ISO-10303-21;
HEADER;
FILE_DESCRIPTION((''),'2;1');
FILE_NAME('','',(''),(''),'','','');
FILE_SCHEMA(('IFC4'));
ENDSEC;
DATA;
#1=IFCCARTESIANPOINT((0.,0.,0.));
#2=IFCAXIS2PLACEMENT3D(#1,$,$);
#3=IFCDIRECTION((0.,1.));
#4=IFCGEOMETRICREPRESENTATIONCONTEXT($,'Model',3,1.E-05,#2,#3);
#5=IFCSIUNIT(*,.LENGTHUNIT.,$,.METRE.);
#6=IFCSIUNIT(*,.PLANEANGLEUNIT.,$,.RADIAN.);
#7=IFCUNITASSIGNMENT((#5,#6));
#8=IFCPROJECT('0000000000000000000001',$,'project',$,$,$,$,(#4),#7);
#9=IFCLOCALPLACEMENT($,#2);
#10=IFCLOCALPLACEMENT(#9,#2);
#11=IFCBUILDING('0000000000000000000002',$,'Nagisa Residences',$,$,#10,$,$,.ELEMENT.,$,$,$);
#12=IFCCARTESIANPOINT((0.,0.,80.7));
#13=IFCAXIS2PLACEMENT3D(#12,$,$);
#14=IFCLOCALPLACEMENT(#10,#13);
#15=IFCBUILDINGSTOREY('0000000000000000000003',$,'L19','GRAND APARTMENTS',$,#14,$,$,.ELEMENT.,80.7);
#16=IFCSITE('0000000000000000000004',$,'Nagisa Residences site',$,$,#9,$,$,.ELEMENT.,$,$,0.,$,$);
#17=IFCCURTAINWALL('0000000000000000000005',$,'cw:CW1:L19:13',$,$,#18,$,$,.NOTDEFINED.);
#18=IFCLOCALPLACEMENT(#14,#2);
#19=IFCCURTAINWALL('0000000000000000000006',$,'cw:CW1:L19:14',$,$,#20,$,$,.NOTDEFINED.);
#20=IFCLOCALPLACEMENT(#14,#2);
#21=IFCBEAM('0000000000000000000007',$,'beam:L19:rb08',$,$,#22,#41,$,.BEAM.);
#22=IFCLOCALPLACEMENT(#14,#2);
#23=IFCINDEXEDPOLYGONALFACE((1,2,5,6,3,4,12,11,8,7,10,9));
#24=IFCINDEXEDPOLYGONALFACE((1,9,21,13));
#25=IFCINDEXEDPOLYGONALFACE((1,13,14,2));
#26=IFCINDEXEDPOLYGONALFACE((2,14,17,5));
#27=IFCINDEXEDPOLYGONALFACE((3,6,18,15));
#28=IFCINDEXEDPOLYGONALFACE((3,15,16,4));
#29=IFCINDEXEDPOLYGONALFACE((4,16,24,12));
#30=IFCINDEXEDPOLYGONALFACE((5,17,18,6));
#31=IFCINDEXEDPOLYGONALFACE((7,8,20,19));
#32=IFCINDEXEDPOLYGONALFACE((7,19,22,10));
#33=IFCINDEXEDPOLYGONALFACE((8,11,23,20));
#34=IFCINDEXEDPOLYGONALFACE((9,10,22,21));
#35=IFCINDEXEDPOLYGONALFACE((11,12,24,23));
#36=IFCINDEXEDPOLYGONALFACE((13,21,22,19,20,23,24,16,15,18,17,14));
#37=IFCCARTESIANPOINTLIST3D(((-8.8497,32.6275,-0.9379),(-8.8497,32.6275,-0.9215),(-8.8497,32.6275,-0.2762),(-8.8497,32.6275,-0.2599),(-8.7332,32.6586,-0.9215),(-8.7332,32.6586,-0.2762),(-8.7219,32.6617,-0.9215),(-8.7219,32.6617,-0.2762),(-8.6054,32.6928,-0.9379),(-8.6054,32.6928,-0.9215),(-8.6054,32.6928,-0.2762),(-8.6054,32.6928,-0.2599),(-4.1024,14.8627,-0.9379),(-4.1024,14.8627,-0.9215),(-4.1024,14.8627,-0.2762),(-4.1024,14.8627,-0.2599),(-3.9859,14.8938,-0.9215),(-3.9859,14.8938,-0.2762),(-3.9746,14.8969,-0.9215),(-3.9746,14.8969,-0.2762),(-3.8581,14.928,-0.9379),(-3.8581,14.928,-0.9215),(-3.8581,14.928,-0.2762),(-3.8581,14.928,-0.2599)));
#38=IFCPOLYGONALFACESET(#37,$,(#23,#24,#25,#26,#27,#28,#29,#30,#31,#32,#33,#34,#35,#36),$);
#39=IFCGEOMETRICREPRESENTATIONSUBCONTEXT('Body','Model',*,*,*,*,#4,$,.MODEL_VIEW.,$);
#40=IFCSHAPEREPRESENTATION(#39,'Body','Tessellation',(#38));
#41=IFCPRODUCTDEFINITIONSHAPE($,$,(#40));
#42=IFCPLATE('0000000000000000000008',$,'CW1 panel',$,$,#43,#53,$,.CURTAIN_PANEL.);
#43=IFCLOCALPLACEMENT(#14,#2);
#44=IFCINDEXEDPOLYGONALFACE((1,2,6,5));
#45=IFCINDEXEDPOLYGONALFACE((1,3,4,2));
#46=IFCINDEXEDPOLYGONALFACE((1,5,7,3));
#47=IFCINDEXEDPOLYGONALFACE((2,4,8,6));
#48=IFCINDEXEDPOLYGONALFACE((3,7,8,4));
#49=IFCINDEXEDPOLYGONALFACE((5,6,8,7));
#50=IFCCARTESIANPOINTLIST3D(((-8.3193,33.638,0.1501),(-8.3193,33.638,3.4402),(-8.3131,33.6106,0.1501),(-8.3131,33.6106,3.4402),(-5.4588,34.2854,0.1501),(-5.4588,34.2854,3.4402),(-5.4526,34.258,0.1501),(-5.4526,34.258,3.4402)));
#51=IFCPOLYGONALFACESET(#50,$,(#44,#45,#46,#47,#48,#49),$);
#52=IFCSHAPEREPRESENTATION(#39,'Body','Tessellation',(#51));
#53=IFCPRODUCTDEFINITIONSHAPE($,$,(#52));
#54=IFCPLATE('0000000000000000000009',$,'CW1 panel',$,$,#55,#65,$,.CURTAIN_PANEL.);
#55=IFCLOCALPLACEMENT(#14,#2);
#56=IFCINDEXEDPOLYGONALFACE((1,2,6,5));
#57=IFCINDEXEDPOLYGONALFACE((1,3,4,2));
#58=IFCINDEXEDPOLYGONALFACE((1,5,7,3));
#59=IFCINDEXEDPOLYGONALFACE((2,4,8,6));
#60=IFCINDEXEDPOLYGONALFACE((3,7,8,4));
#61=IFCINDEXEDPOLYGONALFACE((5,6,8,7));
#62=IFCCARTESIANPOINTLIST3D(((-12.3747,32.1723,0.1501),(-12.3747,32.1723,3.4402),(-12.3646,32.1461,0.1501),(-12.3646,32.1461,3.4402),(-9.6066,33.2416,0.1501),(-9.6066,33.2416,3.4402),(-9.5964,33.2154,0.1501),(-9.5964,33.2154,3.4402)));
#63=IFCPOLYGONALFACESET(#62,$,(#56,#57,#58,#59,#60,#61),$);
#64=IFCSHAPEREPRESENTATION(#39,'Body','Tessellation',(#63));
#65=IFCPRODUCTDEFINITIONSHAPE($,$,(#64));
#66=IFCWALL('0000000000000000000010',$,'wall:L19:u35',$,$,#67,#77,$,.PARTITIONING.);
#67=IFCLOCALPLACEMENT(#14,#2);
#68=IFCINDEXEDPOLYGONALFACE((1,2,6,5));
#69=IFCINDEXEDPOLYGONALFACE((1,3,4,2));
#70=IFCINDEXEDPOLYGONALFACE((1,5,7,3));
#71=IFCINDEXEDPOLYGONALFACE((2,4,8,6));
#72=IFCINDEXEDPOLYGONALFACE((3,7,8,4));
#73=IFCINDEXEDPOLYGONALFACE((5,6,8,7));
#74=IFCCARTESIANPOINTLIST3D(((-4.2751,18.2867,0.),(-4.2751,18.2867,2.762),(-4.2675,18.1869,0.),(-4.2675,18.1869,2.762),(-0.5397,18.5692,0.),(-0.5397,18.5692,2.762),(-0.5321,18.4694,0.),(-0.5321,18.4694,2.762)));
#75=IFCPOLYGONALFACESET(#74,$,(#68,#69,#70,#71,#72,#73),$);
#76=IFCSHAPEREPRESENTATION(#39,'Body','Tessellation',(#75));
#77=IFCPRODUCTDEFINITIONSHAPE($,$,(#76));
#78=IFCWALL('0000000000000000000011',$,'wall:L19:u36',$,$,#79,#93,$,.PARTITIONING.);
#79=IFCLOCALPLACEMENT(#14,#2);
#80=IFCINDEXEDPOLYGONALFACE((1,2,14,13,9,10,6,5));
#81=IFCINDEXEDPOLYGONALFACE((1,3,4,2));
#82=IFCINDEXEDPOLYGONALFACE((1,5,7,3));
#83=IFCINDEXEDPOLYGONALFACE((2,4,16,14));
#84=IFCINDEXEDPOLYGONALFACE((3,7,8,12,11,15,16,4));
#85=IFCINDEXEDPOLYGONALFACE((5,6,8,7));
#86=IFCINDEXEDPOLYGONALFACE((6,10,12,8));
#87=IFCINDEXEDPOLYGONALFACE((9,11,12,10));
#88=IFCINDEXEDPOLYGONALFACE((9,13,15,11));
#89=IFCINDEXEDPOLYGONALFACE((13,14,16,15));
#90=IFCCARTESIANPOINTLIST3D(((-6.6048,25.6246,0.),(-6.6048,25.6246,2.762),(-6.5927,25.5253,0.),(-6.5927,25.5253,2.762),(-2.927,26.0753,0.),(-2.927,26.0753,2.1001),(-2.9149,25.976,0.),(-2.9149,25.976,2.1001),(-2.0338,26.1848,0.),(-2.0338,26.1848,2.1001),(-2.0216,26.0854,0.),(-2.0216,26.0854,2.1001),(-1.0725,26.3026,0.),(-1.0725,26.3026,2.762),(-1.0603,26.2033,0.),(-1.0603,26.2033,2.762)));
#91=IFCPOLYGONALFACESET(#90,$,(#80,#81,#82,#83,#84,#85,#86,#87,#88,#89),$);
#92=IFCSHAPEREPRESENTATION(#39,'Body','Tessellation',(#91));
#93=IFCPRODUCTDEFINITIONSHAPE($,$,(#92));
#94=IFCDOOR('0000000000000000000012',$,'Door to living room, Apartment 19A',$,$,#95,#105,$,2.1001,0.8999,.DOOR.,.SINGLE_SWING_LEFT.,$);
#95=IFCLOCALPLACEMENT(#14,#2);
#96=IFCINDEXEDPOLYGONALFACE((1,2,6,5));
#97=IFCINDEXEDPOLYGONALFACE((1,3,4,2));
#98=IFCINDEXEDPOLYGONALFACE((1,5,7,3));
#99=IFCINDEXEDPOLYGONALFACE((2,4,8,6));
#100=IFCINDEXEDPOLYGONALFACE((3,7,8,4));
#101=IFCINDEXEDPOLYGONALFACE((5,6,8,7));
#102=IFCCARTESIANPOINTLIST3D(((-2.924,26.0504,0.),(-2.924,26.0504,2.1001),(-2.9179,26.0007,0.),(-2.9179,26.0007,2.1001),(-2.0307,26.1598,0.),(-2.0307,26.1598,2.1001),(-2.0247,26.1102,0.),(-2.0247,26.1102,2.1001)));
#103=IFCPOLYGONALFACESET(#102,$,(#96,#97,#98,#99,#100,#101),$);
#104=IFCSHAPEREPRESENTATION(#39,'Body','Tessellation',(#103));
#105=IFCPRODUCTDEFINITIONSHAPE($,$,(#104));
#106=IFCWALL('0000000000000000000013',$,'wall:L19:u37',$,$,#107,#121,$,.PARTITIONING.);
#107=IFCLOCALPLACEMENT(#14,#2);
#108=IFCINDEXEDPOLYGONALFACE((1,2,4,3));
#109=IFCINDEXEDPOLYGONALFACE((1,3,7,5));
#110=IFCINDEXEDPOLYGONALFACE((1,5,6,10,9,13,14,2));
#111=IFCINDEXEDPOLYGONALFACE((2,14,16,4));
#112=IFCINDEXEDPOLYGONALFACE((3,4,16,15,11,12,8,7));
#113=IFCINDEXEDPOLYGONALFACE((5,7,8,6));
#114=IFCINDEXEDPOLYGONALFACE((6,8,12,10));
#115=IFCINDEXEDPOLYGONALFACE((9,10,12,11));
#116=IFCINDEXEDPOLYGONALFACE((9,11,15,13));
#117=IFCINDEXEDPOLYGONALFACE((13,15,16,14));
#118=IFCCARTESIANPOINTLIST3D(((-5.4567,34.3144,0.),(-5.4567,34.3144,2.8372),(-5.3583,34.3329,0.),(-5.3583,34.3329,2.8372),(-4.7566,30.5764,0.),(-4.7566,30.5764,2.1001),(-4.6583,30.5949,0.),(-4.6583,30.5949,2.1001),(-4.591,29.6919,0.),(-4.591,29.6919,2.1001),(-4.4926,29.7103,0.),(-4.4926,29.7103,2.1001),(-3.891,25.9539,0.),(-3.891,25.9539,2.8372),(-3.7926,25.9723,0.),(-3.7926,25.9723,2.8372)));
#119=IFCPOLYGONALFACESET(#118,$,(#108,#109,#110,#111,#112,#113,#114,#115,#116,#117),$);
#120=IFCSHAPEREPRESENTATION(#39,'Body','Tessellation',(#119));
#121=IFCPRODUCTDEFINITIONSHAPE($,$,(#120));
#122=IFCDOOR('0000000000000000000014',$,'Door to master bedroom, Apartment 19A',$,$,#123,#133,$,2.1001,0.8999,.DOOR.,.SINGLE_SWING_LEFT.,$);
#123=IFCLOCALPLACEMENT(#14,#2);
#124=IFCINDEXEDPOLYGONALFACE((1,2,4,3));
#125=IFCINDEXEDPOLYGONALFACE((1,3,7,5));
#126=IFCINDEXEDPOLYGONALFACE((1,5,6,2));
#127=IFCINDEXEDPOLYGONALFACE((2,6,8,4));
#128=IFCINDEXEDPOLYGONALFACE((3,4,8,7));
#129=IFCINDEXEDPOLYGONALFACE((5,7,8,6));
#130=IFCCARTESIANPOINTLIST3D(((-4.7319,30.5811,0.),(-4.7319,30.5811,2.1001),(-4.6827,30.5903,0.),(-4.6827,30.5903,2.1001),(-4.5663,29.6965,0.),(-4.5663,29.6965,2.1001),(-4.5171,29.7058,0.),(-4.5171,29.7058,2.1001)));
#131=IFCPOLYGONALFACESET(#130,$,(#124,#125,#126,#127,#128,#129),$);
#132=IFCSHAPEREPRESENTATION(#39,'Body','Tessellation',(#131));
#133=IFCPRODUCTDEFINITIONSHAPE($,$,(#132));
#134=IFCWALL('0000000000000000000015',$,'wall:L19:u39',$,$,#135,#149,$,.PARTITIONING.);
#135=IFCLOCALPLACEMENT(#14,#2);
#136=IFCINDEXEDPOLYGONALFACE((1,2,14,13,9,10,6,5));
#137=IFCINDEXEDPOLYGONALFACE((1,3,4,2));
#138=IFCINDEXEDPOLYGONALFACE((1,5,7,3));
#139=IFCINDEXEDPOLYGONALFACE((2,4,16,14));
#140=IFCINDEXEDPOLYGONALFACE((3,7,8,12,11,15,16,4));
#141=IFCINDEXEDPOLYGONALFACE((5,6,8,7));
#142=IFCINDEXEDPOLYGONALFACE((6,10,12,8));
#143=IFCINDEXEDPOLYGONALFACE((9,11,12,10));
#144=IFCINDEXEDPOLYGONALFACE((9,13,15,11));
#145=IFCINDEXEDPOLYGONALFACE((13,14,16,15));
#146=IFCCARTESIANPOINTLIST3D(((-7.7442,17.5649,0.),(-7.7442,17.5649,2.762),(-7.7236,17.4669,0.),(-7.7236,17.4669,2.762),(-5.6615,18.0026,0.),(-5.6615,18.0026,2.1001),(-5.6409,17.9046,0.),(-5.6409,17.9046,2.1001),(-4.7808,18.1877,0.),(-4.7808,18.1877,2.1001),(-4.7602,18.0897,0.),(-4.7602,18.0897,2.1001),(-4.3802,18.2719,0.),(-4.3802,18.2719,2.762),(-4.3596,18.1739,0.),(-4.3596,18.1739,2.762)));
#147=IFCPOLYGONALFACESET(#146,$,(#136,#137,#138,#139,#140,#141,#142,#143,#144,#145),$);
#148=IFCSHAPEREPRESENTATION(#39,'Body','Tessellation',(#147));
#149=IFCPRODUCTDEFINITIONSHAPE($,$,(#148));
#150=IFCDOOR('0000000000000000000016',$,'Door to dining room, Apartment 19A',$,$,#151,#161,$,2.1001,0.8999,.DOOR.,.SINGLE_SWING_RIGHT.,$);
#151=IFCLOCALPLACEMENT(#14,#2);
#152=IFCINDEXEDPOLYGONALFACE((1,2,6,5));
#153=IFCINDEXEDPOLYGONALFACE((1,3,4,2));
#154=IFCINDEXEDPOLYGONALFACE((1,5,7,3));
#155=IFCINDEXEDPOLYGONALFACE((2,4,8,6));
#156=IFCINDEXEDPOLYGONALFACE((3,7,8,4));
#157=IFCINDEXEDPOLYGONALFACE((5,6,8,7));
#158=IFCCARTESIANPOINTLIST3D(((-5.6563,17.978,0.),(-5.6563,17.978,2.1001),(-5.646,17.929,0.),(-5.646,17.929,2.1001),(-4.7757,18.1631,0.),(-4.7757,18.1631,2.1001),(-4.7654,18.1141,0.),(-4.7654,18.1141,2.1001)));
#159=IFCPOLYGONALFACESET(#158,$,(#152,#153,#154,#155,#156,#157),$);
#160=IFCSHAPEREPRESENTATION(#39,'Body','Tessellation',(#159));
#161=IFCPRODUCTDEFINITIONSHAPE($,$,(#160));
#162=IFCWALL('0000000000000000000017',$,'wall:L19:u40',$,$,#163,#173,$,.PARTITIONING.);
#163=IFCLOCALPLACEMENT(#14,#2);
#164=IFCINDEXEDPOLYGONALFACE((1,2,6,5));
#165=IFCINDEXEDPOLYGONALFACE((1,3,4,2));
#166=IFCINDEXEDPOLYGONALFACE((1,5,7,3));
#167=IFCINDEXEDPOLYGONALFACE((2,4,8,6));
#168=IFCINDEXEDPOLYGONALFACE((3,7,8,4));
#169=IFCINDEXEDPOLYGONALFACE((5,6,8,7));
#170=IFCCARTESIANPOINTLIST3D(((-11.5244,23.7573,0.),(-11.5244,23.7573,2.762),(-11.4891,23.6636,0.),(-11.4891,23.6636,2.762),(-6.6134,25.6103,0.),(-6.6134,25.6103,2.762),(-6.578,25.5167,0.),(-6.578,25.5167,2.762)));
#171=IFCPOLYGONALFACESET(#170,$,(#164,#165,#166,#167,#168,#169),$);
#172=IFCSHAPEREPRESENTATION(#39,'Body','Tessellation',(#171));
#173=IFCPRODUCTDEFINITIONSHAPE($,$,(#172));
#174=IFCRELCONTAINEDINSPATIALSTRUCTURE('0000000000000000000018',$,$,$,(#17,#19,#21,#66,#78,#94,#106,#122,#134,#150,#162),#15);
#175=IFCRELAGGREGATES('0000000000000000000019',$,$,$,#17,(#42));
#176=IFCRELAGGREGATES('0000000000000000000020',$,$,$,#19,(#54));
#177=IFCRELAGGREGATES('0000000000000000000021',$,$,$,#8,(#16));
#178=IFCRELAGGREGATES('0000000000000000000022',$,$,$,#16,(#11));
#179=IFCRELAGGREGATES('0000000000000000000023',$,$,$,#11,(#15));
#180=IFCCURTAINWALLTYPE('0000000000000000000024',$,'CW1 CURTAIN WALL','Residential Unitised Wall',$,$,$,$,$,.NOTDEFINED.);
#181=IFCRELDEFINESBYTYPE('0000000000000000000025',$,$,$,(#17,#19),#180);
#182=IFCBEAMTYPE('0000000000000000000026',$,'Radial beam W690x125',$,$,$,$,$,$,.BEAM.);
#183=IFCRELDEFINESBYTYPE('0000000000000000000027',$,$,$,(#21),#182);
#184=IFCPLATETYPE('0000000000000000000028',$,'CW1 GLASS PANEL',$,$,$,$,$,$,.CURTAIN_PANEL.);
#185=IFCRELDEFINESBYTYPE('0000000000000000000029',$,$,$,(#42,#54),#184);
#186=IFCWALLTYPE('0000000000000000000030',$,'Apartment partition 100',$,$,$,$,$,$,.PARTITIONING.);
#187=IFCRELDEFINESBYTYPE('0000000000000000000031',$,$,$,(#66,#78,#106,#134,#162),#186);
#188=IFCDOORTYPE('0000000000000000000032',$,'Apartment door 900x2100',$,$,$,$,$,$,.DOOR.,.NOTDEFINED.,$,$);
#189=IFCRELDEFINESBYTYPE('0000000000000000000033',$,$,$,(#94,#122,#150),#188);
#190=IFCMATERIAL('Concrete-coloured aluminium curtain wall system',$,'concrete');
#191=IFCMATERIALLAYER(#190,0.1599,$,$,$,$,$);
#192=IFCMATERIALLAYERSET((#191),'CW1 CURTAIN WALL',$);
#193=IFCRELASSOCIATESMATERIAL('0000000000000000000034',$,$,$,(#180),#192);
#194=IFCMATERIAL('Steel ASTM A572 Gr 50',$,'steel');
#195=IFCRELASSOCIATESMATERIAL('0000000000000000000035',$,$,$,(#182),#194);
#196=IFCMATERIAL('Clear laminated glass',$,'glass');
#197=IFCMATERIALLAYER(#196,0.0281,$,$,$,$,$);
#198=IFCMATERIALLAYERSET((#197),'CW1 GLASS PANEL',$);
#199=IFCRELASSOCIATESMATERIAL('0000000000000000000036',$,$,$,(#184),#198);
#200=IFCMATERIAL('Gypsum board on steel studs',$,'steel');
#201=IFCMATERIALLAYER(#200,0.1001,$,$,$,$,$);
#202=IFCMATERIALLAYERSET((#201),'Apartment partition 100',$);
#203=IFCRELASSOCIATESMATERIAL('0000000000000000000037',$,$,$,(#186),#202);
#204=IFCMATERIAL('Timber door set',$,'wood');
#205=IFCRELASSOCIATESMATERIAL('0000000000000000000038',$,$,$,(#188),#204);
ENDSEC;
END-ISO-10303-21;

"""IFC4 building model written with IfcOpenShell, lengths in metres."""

from ifc_helpers import new_model, si_unit, direction, frame, frame_2d, origin, origin_2d, place, context, subcontext, project, spatial, rectangle, i_section, extrude, material, layer, layer_set, material_profile, profile_set, type_object, element, fill, aggregate, save


model = new_model("IFC4")

# Units and contexts
model_context = context("Model", 3, precision=1e-05, world=origin(), true_north=direction((0.0, 1.0)))
body_context = subcontext(model_context, "Body", "Model", "MODEL_VIEW")
ifc_project = project(units=[si_unit("LENGTHUNIT", "METRE"), si_unit("PLANEANGLEUNIT", "RADIAN")], contexts=[model_context])

# Site, building, storey
site_placement = place(None, origin())
site = spatial("IfcSite", under=ifc_project, at=site_placement, Name="Nagisa Residences site", CompositionType="ELEMENT", RefElevation=0.0)
building_placement = place(site_placement, origin())
building = spatial("IfcBuilding", under=site, at=building_placement, Name="Nagisa Residences", CompositionType="ELEMENT")
storey_placement = place(building_placement, frame((0.0, 0.0, 80.7)))
storey = spatial("IfcBuildingStorey", under=building, at=storey_placement, Name="L19", Description="GRAND APARTMENTS", CompositionType="ELEMENT", Elevation=80.7)

# Curtain walls
ifc_material_1 = material(Name="Concrete-coloured aluminium curtain wall system", Category="concrete")
ifc_layer_1 = layer(ifc_material_1, 0.1599)
ifc_layer_set_1 = layer_set([ifc_layer_1], Name="CW1 CURTAIN WALL")
curtain_wall_type = type_object("IfcCurtainWallType", Name="CW1 CURTAIN WALL", Description="Residential Unitised Wall", PredefinedType="NOTDEFINED", material=ifc_layer_set_1)
curtain_wall_1_placement = place(storey_placement, origin())
curtain_wall_1 = element("IfcCurtainWall", 1, at=curtain_wall_1_placement, inside=storey, type_object=curtain_wall_type, Name="cw:CW1:L19:13", PredefinedType="NOTDEFINED")
curtain_wall_2_placement = place(storey_placement, origin())
curtain_wall_2 = element("IfcCurtainWall", 2, at=curtain_wall_2_placement, inside=storey, type_object=curtain_wall_type, Name="cw:CW1:L19:14", PredefinedType="NOTDEFINED")

# Beam
ifc_material_2 = material(Name="Steel ASTM A572 Gr 50", Category="steel")
ifc_material_profile_1 = material_profile(ifc_material_2, i_section(OverallWidth=0.2529, OverallDepth=0.678, WebThickness=0.0117, FlangeThickness=0.0164, at=origin_2d()), Name="W690x125")
ifc_profile_set_1 = profile_set([ifc_material_profile_1], Name="Steel ASTM A572 Gr 50")
beam_type_1 = type_object("IfcBeamType", Name="Radial beam W690x125", PredefinedType="BEAM", material=ifc_profile_set_1)
beam_1_placement = place(storey_placement, frame((-8.7275, 32.6602, -0.5989), z_axis=(0.258171, -0.966099, 0.0), x_axis=(0.966099, 0.258171, 0.0)))
element("IfcBeam", 3, at=beam_1_placement, inside=storey, type_object=beam_type_1, Name="beam:L19:rb08", PredefinedType="BEAM", context=body_context, shape_type="SweptSolid", body=[
    extrude(i_section(OverallWidth=0.2529, OverallDepth=0.678, WebThickness=0.0117, FlangeThickness=0.0164, at=origin_2d()), origin(), (0.0, 0.0, 1.0), 18.3882),
])

# Plates
ifc_material_3 = material(Name="Clear laminated glass", Category="glass")
ifc_layer_2 = layer(ifc_material_3, 0.0281)
ifc_layer_set_2 = layer_set([ifc_layer_2], Name="CW1 GLASS PANEL")
plate_type = type_object("IfcPlateType", Name="CW1 GLASS PANEL", PredefinedType="CURTAIN_PANEL", material=ifc_layer_set_2)
plate_1_placement = place(storey_placement, frame((-6.886, 33.948, 0.1501), z_axis=(0.0, 0.0, 1.0), x_axis=(-0.975327, -0.220764, 0.0)))
plate_1 = element("IfcPlate", 4, at=plate_1_placement, type_object=plate_type, Name="CW1 panel", PredefinedType="CURTAIN_PANEL", context=body_context, shape_type="SweptSolid", body=[
    extrude(rectangle(XDim=2.9329, YDim=0.0281, at=origin_2d()), origin(), (0.0, 0.0, 1.0), 3.29),
])
aggregate(curtain_wall_1, [plate_1])
plate_2_placement = place(storey_placement, frame((-10.9856, 32.6938, 0.1501), z_axis=(0.0, 0.0, 1.0), x_axis=(-0.932826, -0.360328, 0.0)))
plate_2 = element("IfcPlate", 5, at=plate_2_placement, type_object=plate_type, Name="CW1 panel", PredefinedType="CURTAIN_PANEL", context=body_context, shape_type="SweptSolid", body=[
    extrude(rectangle(XDim=2.9675, YDim=0.0281, at=origin_2d()), origin(), (0.0, 0.0, 1.0), 3.29),
])
aggregate(curtain_wall_2, [plate_2])

# Wall
ifc_material_4 = material(Name="Gypsum board on steel studs", Category="steel")
ifc_layer_3 = layer(ifc_material_4, 0.1001)
ifc_layer_set_3 = layer_set([ifc_layer_3], Name="Apartment partition 100")
wall_type_1 = type_object("IfcWallType", Name="Apartment partition 100", PredefinedType="PARTITIONING", material=ifc_layer_set_3)
wall_1_placement = place(storey_placement, frame((-0.5359, 18.5193, 0.0), z_axis=(0.0, 0.0, 1.0), x_axis=(-0.997153, -0.075406, 0.0)))
element("IfcWall", 6, at=wall_1_placement, inside=storey, type_object=wall_type_1, Name="wall:L19:u35", PredefinedType="PARTITIONING", context=body_context, shape_type="SweptSolid", body=[
    extrude(rectangle(XDim=3.7461, YDim=0.1001, at=frame_2d((1.873, 0.0))), origin(), (0.0, 0.0, 1.0), 2.762),
])

# Walls, openings, doors
wall_2_placement = place(storey_placement, frame((-1.0664, 26.2529, 0.0), z_axis=(0.0, 0.0, 1.0), x_axis=(-0.992574, -0.121641, 0.0)))
wall_2 = element("IfcWall", 7, at=wall_2_placement, inside=storey, type_object=wall_type_1, Name="wall:L19:u36", PredefinedType="PARTITIONING", context=body_context, shape_type="SweptSolid", body=[
    extrude(rectangle(XDim=5.5737, YDim=0.1001, at=frame_2d((2.7869, 0.0))), origin(), (0.0, 0.0, 1.0), 2.762),
])
opening_1_placement = place(wall_2_placement, frame((0.9685, 0.0, 0.0)))
opening_1 = element("IfcOpeningElement", 8, at=opening_1_placement, cuts=wall_2, PredefinedType="OPENING", context=body_context, shape_type="SweptSolid", body=[
    extrude(rectangle(XDim=0.8999, YDim=2.1001, at=frame_2d((0.45, 1.05))), frame((0.0, 0.0601, 0.0), z_axis=(0.0, -1.0, 0.0), x_axis=(1.0, 0.0, 0.0)), (0.0, 0.0, 1.0), 0.1201),
])
ifc_material_5 = material(Name="Timber door set", Category="wood")
door_type_1 = type_object("IfcDoorType", Name="Apartment door 900x2100", OperationType="NOTDEFINED", PredefinedType="DOOR", material=ifc_material_5)
door_1_placement = place(opening_1_placement, frame((0.8999, 0.0, 0.0), x_axis=(-1.0, 0.0, 0.0)))
door_1 = element("IfcDoor", 9, at=door_1_placement, inside=storey, type_object=door_type_1, Name="Door to living room, Apartment 19A", OperationType="SINGLE_SWING_LEFT", OverallHeight=2.1001, OverallWidth=0.8999, PredefinedType="DOOR", context=body_context, shape_type="SweptSolid", body=[
    extrude(rectangle(XDim=0.8999, YDim=2.1001, at=frame_2d((0.45, 1.05))), frame((0.0, 0.0249, 0.0), z_axis=(0.0, -1.0, 0.0), x_axis=(1.0, 0.0, 0.0)), (0.0, 0.0, 1.0), 0.05),
])
fill(opening_1, door_1)
wall_3_placement = place(storey_placement, frame((-3.8418, 25.9631, 0.0), z_axis=(0.0, 0.0, 1.0), x_axis=(-0.184068, 0.982913, 0.0)))
wall_3 = element("IfcWall", 10, at=wall_3_placement, inside=storey, type_object=wall_type_1, Name="wall:L19:u37", PredefinedType="PARTITIONING", context=body_context, shape_type="SweptSolid", body=[
    extrude(rectangle(XDim=8.5059, YDim=0.1001, at=frame_2d((4.2529, 0.0))), origin(), (0.0, 0.0, 1.0), 2.8372),
])
opening_2_placement = place(wall_3_placement, frame((3.803, 0.0, 0.0)))
opening_2 = element("IfcOpeningElement", 11, at=opening_2_placement, cuts=wall_3, PredefinedType="OPENING", context=body_context, shape_type="SweptSolid", body=[
    extrude(rectangle(XDim=0.8999, YDim=2.1001, at=frame_2d((0.45, 1.05))), frame((0.0, 0.0601, 0.0), z_axis=(0.0, -1.0, 0.0), x_axis=(1.0, 0.0, 0.0)), (0.0, 0.0, 1.0), 0.1201),
])
door_2_placement = place(opening_2_placement, origin())
door_2 = element("IfcDoor", 12, at=door_2_placement, inside=storey, type_object=door_type_1, Name="Door to master bedroom, Apartment 19A", OperationType="SINGLE_SWING_LEFT", OverallHeight=2.1001, OverallWidth=0.8999, PredefinedType="DOOR", context=body_context, shape_type="SweptSolid", body=[
    extrude(rectangle(XDim=0.8999, YDim=2.1001, at=frame_2d((0.45, 1.05))), frame((0.0, 0.0249, 0.0), z_axis=(0.0, -1.0, 0.0), x_axis=(1.0, 0.0, 0.0)), (0.0, 0.0, 1.0), 0.05),
])
fill(opening_2, door_2)
wall_4_placement = place(storey_placement, frame((-4.3699, 18.2229, 0.0), z_axis=(0.0, 0.0, 1.0), x_axis=(-0.978619, -0.205681, 0.0)))
wall_4 = element("IfcWall", 13, at=wall_4_placement, inside=storey, type_object=wall_type_1, Name="wall:L19:u39", PredefinedType="PARTITIONING", context=body_context, shape_type="SweptSolid", body=[
    extrude(rectangle(XDim=3.4375, YDim=0.1001, at=frame_2d((1.7188, 0.0))), origin(), (0.0, 0.0, 1.0), 2.762),
])
opening_3_placement = place(wall_4_placement, frame((0.4094, 0.0, 0.0)))
opening_3 = element("IfcOpeningElement", 14, at=opening_3_placement, cuts=wall_4, PredefinedType="OPENING", context=body_context, shape_type="SweptSolid", body=[
    extrude(rectangle(XDim=0.8999, YDim=2.1001, at=frame_2d((0.45, 1.05))), frame((0.0, 0.0601, 0.0), z_axis=(0.0, -1.0, 0.0), x_axis=(1.0, 0.0, 0.0)), (0.0, 0.0, 1.0), 0.1201),
])
door_3_placement = place(opening_3_placement, frame((0.8999, 0.0, 0.0), x_axis=(-1.0, 0.0, 0.0)))
door_3 = element("IfcDoor", 15, at=door_3_placement, inside=storey, type_object=door_type_1, Name="Door to dining room, Apartment 19A", OperationType="SINGLE_SWING_RIGHT", OverallHeight=2.1001, OverallWidth=0.8999, PredefinedType="DOOR", context=body_context, shape_type="SweptSolid", body=[
    extrude(rectangle(XDim=0.8999, YDim=2.1001, at=frame_2d((0.45, 1.05))), frame((0.0, 0.0249, 0.0), z_axis=(0.0, -1.0, 0.0), x_axis=(1.0, 0.0, 0.0)), (0.0, 0.0, 1.0), 0.05),
])
fill(opening_3, door_3)

# Wall
wall_5_placement = place(storey_placement, frame((-6.5957, 25.5635, 0.0), z_axis=(0.0, 0.0, 1.0), x_axis=(-0.935616, -0.353019, 0.0)))
element("IfcWall", 16, at=wall_5_placement, inside=storey, type_object=wall_type_1, Name="wall:L19:u40", PredefinedType="PARTITIONING", context=body_context, shape_type="SweptSolid", body=[
    extrude(rectangle(XDim=5.249, YDim=0.1001, at=frame_2d((2.6245, 0.0))), origin(), (0.0, 0.0, 1.0), 2.762),
])

save(model, "model.ifc")
